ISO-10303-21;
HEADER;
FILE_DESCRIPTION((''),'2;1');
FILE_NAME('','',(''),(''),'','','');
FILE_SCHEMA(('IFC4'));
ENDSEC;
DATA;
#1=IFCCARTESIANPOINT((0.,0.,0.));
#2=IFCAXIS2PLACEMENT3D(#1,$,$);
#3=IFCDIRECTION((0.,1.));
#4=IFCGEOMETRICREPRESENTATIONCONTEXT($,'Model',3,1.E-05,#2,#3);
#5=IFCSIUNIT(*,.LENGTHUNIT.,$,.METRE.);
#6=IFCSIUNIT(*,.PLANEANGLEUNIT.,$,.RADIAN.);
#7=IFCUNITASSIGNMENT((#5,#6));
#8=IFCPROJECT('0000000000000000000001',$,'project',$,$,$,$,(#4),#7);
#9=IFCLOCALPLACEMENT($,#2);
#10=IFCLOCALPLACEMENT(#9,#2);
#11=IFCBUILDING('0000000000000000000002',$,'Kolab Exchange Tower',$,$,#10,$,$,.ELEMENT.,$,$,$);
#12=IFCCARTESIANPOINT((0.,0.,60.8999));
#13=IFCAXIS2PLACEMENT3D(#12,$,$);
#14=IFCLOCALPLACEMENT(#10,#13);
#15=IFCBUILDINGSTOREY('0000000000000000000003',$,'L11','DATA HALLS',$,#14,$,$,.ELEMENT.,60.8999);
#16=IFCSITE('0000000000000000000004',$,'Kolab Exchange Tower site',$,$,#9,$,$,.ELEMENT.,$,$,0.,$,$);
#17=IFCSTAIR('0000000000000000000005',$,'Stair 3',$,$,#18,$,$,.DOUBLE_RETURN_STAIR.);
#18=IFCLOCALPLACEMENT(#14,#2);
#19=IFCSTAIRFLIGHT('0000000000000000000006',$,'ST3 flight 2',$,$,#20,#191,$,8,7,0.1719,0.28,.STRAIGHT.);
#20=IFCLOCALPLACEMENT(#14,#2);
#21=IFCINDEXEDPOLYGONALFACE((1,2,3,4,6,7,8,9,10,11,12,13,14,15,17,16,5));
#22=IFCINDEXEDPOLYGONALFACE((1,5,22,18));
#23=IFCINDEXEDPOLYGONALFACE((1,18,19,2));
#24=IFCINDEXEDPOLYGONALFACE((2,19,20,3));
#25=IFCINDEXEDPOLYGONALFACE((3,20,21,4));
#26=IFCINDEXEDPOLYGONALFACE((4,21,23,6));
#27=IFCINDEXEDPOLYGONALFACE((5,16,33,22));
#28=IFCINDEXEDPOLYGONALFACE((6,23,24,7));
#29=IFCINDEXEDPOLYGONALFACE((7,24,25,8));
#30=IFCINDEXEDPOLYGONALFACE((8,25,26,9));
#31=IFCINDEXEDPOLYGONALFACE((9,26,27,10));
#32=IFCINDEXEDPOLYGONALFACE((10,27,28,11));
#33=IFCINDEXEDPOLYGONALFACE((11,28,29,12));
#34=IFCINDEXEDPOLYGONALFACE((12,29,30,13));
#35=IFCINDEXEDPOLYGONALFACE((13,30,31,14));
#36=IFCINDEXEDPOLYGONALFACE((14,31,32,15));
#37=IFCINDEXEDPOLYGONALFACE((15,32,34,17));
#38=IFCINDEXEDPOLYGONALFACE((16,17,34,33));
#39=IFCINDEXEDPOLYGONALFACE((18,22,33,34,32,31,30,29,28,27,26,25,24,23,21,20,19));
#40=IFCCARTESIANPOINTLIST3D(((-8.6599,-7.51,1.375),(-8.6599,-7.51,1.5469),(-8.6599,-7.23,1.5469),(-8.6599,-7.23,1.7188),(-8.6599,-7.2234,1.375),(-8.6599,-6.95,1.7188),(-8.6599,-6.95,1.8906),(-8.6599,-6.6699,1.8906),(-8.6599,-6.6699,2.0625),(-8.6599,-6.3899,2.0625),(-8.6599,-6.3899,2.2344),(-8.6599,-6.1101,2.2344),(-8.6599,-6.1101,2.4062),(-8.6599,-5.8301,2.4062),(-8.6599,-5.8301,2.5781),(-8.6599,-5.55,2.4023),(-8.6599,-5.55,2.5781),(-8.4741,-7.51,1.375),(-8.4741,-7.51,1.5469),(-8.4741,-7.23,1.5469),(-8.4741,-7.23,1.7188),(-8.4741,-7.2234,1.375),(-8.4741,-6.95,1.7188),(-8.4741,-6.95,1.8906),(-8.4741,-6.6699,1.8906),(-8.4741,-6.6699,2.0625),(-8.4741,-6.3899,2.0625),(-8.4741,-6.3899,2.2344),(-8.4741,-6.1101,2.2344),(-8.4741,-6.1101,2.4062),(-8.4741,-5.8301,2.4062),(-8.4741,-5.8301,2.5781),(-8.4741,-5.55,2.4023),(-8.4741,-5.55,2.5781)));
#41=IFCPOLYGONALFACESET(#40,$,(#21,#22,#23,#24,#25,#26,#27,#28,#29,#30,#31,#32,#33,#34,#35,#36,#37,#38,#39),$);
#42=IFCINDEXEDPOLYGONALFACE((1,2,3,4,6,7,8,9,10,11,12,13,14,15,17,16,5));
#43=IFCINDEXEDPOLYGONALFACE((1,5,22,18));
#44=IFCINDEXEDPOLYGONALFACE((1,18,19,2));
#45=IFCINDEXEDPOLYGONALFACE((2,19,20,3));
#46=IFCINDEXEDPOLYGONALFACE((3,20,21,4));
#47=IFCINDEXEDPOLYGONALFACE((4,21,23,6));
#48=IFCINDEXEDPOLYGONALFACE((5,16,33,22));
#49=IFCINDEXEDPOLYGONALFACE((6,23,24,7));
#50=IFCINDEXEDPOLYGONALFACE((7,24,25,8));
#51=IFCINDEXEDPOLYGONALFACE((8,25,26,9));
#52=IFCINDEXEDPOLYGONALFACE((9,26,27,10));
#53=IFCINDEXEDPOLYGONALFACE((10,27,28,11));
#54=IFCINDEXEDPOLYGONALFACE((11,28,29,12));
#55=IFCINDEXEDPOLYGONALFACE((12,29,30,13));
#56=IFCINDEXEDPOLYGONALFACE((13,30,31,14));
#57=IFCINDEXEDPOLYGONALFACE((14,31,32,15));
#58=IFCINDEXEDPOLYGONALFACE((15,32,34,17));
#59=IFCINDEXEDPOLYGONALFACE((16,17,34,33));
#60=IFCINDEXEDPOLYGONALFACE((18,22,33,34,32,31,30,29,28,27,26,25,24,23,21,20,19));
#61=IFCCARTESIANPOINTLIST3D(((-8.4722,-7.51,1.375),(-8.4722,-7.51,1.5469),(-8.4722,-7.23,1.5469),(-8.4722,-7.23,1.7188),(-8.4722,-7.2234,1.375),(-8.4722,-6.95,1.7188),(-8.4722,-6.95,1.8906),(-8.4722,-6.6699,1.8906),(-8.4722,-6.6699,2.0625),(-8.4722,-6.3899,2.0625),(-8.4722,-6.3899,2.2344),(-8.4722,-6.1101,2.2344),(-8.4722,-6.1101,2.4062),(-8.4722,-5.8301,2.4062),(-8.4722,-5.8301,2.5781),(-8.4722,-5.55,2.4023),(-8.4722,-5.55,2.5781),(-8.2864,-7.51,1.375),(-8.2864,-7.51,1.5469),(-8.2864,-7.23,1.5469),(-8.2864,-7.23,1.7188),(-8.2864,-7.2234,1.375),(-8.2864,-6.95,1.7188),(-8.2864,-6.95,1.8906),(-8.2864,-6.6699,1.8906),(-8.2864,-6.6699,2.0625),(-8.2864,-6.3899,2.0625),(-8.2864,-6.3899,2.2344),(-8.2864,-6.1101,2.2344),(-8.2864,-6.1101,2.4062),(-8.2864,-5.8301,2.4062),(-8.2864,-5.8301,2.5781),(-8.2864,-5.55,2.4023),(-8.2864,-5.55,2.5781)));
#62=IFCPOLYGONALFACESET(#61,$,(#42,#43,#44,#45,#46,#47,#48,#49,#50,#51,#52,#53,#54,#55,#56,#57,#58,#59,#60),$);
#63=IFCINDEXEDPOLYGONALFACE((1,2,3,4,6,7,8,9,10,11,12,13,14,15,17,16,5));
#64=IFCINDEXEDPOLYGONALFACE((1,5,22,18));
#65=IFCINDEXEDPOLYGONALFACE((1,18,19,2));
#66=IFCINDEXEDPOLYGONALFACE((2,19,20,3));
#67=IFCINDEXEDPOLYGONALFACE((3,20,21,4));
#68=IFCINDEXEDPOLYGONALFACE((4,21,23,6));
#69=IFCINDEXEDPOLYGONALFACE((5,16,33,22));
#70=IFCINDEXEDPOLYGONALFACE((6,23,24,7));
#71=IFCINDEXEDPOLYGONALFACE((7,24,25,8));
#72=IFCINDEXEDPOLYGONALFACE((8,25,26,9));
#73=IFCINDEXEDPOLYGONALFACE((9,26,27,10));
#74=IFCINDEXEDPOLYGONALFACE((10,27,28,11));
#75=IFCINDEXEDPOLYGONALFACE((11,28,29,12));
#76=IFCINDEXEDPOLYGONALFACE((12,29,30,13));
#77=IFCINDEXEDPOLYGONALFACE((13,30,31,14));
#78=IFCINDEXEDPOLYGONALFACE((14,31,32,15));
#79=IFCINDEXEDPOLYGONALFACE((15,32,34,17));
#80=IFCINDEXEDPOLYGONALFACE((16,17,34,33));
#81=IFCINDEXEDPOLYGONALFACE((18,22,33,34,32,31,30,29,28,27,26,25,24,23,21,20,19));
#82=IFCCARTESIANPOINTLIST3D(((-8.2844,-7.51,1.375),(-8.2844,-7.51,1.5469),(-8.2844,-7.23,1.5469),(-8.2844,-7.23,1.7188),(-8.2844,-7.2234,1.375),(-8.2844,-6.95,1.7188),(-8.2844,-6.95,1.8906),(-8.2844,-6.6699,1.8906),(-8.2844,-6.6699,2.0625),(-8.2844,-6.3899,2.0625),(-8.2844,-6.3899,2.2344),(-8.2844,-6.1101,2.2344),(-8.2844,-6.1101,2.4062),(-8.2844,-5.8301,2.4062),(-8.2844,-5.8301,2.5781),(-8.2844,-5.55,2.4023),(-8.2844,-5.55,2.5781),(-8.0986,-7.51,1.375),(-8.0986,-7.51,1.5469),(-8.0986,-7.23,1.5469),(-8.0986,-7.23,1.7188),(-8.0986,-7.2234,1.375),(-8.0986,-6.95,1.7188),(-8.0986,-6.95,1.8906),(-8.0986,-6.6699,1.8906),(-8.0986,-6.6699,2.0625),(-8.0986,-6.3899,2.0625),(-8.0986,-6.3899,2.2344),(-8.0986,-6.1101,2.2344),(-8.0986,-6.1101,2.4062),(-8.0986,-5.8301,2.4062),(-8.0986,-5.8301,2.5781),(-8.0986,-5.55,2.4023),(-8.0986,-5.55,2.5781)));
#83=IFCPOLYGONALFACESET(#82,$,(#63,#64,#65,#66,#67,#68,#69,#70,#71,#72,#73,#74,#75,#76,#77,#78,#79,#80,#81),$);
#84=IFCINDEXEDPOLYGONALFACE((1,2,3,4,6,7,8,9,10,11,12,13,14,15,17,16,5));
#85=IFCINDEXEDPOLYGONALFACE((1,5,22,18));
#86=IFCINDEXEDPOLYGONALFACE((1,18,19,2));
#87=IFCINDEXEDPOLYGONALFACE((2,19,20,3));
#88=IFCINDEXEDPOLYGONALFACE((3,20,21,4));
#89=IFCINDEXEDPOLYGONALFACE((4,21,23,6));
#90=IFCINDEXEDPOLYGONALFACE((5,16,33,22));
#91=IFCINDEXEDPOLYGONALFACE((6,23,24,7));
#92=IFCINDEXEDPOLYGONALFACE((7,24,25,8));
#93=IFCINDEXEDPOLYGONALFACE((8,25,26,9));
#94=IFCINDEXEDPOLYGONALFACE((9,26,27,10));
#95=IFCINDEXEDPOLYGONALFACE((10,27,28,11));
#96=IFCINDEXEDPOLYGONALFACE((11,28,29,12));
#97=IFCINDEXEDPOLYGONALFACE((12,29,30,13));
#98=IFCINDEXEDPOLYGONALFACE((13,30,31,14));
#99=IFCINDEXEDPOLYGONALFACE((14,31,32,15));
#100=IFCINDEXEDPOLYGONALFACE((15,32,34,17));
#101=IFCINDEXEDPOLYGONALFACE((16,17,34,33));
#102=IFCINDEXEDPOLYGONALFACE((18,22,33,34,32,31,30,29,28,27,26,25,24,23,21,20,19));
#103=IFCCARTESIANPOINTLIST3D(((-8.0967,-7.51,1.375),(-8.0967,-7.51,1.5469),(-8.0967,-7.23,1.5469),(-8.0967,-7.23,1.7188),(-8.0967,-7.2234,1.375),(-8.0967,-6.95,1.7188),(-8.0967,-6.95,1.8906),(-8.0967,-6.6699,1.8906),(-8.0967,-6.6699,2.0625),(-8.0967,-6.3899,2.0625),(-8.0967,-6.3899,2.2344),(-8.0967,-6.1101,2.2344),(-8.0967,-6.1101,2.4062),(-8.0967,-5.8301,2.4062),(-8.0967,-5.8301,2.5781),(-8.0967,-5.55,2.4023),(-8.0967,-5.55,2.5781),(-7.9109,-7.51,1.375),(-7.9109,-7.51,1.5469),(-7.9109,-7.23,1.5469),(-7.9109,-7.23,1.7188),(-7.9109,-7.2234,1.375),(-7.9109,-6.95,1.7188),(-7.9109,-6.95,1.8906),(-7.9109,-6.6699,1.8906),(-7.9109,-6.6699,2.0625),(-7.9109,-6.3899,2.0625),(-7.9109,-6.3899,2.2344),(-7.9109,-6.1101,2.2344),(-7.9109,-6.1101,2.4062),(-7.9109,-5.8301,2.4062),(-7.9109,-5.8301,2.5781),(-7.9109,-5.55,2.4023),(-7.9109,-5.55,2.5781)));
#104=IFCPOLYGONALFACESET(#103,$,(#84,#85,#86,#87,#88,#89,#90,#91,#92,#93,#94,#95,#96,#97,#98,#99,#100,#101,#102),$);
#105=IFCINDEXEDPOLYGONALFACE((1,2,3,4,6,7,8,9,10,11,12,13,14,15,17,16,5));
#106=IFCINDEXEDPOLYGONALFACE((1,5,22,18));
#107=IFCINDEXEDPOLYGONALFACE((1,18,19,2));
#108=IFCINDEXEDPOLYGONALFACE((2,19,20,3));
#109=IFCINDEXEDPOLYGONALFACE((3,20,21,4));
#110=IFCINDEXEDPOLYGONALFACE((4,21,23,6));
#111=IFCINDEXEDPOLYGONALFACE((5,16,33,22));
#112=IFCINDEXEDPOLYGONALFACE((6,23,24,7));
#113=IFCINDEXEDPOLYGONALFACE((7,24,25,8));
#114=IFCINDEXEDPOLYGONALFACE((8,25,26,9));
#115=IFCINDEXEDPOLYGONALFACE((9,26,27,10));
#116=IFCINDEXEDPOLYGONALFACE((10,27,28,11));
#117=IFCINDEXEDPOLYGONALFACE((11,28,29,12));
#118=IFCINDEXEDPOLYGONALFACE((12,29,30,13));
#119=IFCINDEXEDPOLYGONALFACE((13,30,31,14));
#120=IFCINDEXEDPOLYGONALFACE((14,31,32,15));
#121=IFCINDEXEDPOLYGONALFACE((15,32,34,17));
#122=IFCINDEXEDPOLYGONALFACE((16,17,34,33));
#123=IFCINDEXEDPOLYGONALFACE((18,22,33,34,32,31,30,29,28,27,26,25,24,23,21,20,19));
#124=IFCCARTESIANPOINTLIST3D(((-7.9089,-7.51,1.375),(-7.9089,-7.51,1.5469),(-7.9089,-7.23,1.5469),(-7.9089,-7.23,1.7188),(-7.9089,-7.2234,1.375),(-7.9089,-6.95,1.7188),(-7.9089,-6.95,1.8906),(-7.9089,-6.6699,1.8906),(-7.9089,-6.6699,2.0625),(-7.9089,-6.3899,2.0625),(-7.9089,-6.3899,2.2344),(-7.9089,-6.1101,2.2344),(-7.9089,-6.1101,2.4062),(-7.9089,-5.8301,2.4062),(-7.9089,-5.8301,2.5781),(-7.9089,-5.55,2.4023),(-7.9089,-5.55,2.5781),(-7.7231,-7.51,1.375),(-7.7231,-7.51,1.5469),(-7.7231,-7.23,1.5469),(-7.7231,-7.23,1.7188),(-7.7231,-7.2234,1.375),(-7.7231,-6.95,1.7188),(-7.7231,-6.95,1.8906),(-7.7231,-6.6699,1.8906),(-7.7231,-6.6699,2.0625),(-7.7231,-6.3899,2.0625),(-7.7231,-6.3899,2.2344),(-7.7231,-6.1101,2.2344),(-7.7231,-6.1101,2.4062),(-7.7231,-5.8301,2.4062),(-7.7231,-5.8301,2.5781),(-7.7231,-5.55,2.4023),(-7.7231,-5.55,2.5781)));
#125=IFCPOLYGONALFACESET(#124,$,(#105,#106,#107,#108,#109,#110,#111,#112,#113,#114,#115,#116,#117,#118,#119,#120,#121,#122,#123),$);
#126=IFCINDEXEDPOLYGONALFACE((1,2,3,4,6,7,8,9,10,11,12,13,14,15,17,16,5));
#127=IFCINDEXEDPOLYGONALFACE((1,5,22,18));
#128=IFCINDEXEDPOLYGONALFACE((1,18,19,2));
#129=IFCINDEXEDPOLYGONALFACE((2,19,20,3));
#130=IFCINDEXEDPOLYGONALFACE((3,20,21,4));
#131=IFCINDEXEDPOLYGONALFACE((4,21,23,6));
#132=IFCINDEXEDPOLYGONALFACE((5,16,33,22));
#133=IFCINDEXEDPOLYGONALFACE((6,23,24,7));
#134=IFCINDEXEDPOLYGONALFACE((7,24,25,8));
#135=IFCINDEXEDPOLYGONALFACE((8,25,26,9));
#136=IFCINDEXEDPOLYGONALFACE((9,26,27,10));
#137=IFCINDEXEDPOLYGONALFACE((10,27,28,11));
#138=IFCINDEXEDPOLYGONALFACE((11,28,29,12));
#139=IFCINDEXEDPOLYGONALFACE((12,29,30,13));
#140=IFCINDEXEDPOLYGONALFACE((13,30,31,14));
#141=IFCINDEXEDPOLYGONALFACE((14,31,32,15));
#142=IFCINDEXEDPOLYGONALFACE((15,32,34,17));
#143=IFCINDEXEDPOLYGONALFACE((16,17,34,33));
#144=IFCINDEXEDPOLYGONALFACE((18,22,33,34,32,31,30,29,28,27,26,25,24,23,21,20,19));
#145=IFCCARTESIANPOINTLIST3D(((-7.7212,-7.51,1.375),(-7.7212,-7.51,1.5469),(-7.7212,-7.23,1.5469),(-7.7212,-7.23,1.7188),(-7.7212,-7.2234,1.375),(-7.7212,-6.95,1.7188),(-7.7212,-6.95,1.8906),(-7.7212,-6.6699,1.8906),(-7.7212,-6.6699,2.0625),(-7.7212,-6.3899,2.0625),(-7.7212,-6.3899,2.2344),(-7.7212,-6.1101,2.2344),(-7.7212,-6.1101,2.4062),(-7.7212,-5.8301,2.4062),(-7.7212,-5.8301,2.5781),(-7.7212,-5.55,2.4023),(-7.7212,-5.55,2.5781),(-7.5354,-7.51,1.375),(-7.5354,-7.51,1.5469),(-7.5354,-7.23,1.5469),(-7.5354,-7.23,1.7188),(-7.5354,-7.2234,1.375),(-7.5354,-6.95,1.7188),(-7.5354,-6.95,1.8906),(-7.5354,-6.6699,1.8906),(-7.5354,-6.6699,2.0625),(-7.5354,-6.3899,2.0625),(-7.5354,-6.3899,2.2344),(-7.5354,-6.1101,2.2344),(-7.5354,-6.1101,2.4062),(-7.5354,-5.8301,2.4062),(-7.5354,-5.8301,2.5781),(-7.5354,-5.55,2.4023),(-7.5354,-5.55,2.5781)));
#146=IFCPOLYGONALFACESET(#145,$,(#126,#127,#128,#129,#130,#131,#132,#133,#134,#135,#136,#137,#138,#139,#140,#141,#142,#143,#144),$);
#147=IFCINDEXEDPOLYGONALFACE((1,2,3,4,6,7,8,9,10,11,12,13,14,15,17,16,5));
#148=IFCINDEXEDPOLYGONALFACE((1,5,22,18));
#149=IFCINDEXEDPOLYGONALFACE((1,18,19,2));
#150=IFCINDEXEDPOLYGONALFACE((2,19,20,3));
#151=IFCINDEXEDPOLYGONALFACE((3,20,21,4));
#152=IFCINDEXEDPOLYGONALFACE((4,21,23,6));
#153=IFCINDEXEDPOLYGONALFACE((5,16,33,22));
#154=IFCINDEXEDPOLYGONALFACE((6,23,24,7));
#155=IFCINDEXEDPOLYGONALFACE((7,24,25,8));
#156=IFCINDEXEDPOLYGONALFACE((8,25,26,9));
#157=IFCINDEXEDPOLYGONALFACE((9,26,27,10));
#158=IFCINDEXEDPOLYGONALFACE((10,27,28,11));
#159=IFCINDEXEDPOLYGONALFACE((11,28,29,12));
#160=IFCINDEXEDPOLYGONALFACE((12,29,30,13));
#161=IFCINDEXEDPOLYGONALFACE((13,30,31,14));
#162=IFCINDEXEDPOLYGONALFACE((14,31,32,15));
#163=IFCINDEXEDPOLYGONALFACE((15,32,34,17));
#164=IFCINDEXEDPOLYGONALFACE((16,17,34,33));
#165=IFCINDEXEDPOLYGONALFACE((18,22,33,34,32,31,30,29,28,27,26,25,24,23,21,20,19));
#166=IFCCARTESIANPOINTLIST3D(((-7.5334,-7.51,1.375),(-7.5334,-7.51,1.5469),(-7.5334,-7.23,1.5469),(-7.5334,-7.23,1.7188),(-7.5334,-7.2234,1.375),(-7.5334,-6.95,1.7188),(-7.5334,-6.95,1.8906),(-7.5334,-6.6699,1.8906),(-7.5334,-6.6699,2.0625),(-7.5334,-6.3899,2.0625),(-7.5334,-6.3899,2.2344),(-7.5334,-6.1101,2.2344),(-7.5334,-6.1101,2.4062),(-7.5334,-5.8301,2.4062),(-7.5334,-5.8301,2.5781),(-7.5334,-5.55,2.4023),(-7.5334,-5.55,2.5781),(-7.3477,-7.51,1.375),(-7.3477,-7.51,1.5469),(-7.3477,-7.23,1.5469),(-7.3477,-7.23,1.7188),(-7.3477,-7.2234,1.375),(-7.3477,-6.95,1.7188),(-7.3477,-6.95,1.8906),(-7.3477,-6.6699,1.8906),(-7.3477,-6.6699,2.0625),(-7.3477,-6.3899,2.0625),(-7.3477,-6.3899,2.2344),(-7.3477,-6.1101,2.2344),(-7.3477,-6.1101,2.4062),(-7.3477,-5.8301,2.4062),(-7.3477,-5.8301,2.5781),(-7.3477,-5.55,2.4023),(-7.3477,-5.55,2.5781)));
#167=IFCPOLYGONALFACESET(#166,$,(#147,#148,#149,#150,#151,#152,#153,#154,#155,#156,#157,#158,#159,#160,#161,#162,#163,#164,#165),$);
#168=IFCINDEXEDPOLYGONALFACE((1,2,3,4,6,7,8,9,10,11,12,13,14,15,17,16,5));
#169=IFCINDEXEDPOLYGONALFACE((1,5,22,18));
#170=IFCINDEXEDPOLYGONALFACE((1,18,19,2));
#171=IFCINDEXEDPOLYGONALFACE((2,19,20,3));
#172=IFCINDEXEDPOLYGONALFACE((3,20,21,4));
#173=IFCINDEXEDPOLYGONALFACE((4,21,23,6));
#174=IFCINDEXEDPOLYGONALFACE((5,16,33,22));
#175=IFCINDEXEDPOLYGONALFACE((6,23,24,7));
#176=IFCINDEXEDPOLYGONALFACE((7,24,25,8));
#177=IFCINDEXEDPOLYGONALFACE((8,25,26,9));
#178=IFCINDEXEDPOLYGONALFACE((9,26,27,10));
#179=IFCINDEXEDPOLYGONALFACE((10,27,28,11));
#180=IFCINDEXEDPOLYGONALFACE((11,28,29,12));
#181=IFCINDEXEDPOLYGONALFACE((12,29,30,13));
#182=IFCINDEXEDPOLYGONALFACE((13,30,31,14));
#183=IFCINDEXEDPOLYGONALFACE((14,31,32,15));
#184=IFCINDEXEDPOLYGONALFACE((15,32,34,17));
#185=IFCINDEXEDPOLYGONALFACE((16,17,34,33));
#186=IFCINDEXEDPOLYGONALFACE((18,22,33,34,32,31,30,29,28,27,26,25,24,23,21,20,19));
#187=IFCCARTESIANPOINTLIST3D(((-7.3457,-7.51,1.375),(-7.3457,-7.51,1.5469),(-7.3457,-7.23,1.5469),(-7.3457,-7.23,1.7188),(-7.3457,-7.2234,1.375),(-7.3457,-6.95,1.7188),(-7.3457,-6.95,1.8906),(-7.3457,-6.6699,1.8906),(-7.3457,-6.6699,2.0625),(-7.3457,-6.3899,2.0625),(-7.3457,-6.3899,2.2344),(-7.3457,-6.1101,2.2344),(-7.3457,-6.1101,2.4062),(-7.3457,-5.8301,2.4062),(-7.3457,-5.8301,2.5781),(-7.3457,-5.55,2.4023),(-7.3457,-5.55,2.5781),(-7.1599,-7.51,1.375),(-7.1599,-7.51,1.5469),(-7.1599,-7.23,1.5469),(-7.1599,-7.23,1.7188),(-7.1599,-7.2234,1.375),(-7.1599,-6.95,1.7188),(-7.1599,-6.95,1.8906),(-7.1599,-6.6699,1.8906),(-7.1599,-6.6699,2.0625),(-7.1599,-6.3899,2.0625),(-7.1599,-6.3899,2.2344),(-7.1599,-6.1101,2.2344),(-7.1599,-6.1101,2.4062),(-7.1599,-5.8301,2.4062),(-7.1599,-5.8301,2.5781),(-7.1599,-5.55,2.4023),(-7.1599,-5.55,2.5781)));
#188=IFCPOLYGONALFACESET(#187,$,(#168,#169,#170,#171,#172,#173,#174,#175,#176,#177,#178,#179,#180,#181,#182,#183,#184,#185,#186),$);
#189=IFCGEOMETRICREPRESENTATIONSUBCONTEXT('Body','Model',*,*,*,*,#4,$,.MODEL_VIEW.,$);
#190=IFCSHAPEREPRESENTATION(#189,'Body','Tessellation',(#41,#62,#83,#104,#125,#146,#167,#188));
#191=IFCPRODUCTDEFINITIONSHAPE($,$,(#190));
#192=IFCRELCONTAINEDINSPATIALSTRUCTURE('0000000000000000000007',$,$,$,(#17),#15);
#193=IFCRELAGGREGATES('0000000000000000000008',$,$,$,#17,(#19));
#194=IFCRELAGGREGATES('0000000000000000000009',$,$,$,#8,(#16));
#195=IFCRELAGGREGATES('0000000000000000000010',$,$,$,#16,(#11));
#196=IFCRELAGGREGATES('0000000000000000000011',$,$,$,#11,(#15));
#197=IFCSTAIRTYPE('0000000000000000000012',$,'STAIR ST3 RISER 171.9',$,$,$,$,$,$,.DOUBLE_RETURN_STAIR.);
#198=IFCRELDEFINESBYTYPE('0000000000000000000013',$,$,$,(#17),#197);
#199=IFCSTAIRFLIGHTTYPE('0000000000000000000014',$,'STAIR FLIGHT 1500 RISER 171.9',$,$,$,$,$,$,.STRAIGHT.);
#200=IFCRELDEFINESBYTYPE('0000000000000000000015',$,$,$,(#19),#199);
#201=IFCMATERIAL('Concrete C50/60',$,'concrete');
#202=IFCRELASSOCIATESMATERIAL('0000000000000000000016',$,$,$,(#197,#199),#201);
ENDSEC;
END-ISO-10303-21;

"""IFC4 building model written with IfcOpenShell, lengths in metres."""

from ifc_helpers import new_model, si_unit, direction, frame, origin, place, context, subcontext, project, spatial, polyline, outline, extrude, material, type_object, element, aggregate, save


model = new_model("IFC4")

# Units and contexts
model_context = context("Model", 3, precision=1e-05, world=origin(), true_north=direction((0.0, 1.0)))
body_context = subcontext(model_context, "Body", "Model", "MODEL_VIEW")
ifc_project = project(units=[si_unit("LENGTHUNIT", "METRE"), si_unit("PLANEANGLEUNIT", "RADIAN")], contexts=[model_context])

# Site, building, storey
site_placement = place(None, origin())
site = spatial("IfcSite", under=ifc_project, at=site_placement, Name="Kolab Exchange Tower site", CompositionType="ELEMENT", RefElevation=0.0)
building_placement = place(site_placement, origin())
building = spatial("IfcBuilding", under=site, at=building_placement, Name="Kolab Exchange Tower", CompositionType="ELEMENT")
storey_placement = place(building_placement, frame((0.0, 0.0, 60.8999)))
storey = spatial("IfcBuildingStorey", under=building, at=storey_placement, Name="L11", Description="DATA HALLS", CompositionType="ELEMENT", Elevation=60.8999)

# Shared definitions
ifc_material_1 = material(Name="Concrete C50/60", Category="concrete")

# Stair, stair flight
stair_type = type_object("IfcStairType", Name="STAIR ST3 RISER 171.9", PredefinedType="DOUBLE_RETURN_STAIR", material=ifc_material_1)
stair_placement = place(storey_placement, origin())
stair = element("IfcStair", 1, at=stair_placement, inside=storey, type_object=stair_type, Name="Stair 3", PredefinedType="DOUBLE_RETURN_STAIR")
stair_flight_type = type_object("IfcStairFlightType", Name="STAIR FLIGHT 1500 RISER 171.9", PredefinedType="STRAIGHT", material=ifc_material_1)
stair_flight_1_placement = place(storey_placement, frame((-7.9099, -7.51, 1.375), z_axis=(0.0, 0.0, 1.0), x_axis=(0.0, 1.0, 0.0)))
stair_flight_1 = element("IfcStairFlight", 2, at=stair_flight_1_placement, type_object=stair_flight_type, Name="ST3 flight 2", NumberOfRisers=8, NumberOfTreads=7, PredefinedType="STRAIGHT", RiserHeight=0.1719, TreadLength=0.28, context=body_context, shape_type="SweptSolid", body=[
    extrude(outline(polyline([(0.0, 0.0), (0.0, 0.1719), (0.28, 0.1719), (0.28, 0.3438), (0.5601, 0.3438), (0.5601, 0.5156), (0.8401, 0.5156), (0.8401, 0.6875), (1.1201, 0.6875), (1.1201, 0.8594), (1.3999, 0.8594), (1.3999, 1.0312), (1.6799, 1.0312), (1.6799, 1.2031), (1.96, 1.2031), (1.96, 1.375), (1.96, 1.0273), (0.2866, 0.0), (0.0, 0.0)])), frame((0.0, 0.75, 0.0), z_axis=(0.0, -1.0, 0.0), x_axis=(1.0, 0.0, 0.0)), (0.0, 0.0, 1.0), 0.1858),
    extrude(outline(polyline([(0.0, 0.0), (0.0, 0.1719), (0.28, 0.1719), (0.28, 0.3438), (0.5601, 0.3438), (0.5601, 0.5156), (0.8401, 0.5156), (0.8401, 0.6875), (1.1201, 0.6875), (1.1201, 0.8594), (1.3999, 0.8594), (1.3999, 1.0312), (1.6799, 1.0312), (1.6799, 1.2031), (1.96, 1.2031), (1.96, 1.375), (1.96, 1.0273), (0.2866, 0.0), (0.0, 0.0)])), frame((0.0, 0.5623, 0.0), z_axis=(0.0, -1.0, 0.0), x_axis=(1.0, 0.0, 0.0)), (0.0, 0.0, 1.0), 0.1858),
    extrude(outline(polyline([(0.0, 0.0), (0.0, 0.1719), (0.28, 0.1719), (0.28, 0.3438), (0.5601, 0.3438), (0.5601, 0.5156), (0.8401, 0.5156), (0.8401, 0.6875), (1.1201, 0.6875), (1.1201, 0.8594), (1.3999, 0.8594), (1.3999, 1.0312), (1.6799, 1.0312), (1.6799, 1.2031), (1.96, 1.2031), (1.96, 1.375), (1.96, 1.0273), (0.2866, 0.0), (0.0, 0.0)])), frame((0.0, 0.3745, 0.0), z_axis=(0.0, -1.0, 0.0), x_axis=(1.0, 0.0, 0.0)), (0.0, 0.0, 1.0), 0.1858),
    extrude(outline(polyline([(0.0, 0.0), (0.0, 0.1719), (0.28, 0.1719), (0.28, 0.3438), (0.5601, 0.3438), (0.5601, 0.5156), (0.8401, 0.5156), (0.8401, 0.6875), (1.1201, 0.6875), (1.1201, 0.8594), (1.3999, 0.8594), (1.3999, 1.0312), (1.6799, 1.0312), (1.6799, 1.2031), (1.96, 1.2031), (1.96, 1.375), (1.96, 1.0273), (0.2866, 0.0), (0.0, 0.0)])), frame((0.0, 0.1868, 0.0), z_axis=(0.0, -1.0, 0.0), x_axis=(1.0, 0.0, 0.0)), (0.0, 0.0, 1.0), 0.1858),
    extrude(outline(polyline([(0.0, 0.0), (0.0, 0.1719), (0.28, 0.1719), (0.28, 0.3438), (0.5601, 0.3438), (0.5601, 0.5156), (0.8401, 0.5156), (0.8401, 0.6875), (1.1201, 0.6875), (1.1201, 0.8594), (1.3999, 0.8594), (1.3999, 1.0312), (1.6799, 1.0312), (1.6799, 1.2031), (1.96, 1.2031), (1.96, 1.375), (1.96, 1.0273), (0.2866, 0.0), (0.0, 0.0)])), frame((0.0, -0.001, 0.0), z_axis=(0.0, -1.0, 0.0), x_axis=(1.0, 0.0, 0.0)), (0.0, 0.0, 1.0), 0.1858),
    extrude(outline(polyline([(0.0, 0.0), (0.0, 0.1719), (0.28, 0.1719), (0.28, 0.3438), (0.5601, 0.3438), (0.5601, 0.5156), (0.8401, 0.5156), (0.8401, 0.6875), (1.1201, 0.6875), (1.1201, 0.8594), (1.3999, 0.8594), (1.3999, 1.0312), (1.6799, 1.0312), (1.6799, 1.2031), (1.96, 1.2031), (1.96, 1.375), (1.96, 1.0273), (0.2866, 0.0), (0.0, 0.0)])), frame((0.0, -0.1887, 0.0), z_axis=(0.0, -1.0, 0.0), x_axis=(1.0, 0.0, 0.0)), (0.0, 0.0, 1.0), 0.1858),
    extrude(outline(polyline([(0.0, 0.0), (0.0, 0.1719), (0.28, 0.1719), (0.28, 0.3438), (0.5601, 0.3438), (0.5601, 0.5156), (0.8401, 0.5156), (0.8401, 0.6875), (1.1201, 0.6875), (1.1201, 0.8594), (1.3999, 0.8594), (1.3999, 1.0312), (1.6799, 1.0312), (1.6799, 1.2031), (1.96, 1.2031), (1.96, 1.375), (1.96, 1.0273), (0.2866, 0.0), (0.0, 0.0)])), frame((0.0, -0.3765, 0.0), z_axis=(0.0, -1.0, 0.0), x_axis=(1.0, 0.0, 0.0)), (0.0, 0.0, 1.0), 0.1858),
    extrude(outline(polyline([(0.0, 0.0), (0.0, 0.1719), (0.28, 0.1719), (0.28, 0.3438), (0.5601, 0.3438), (0.5601, 0.5156), (0.8401, 0.5156), (0.8401, 0.6875), (1.1201, 0.6875), (1.1201, 0.8594), (1.3999, 0.8594), (1.3999, 1.0312), (1.6799, 1.0312), (1.6799, 1.2031), (1.96, 1.2031), (1.96, 1.375), (1.96, 1.0273), (0.2866, 0.0), (0.0, 0.0)])), frame((0.0, -0.5642, 0.0), z_axis=(0.0, -1.0, 0.0), x_axis=(1.0, 0.0, 0.0)), (0.0, 0.0, 1.0), 0.1858),
])
aggregate(stair, [stair_flight_1])

save(model, "model.ifc")
